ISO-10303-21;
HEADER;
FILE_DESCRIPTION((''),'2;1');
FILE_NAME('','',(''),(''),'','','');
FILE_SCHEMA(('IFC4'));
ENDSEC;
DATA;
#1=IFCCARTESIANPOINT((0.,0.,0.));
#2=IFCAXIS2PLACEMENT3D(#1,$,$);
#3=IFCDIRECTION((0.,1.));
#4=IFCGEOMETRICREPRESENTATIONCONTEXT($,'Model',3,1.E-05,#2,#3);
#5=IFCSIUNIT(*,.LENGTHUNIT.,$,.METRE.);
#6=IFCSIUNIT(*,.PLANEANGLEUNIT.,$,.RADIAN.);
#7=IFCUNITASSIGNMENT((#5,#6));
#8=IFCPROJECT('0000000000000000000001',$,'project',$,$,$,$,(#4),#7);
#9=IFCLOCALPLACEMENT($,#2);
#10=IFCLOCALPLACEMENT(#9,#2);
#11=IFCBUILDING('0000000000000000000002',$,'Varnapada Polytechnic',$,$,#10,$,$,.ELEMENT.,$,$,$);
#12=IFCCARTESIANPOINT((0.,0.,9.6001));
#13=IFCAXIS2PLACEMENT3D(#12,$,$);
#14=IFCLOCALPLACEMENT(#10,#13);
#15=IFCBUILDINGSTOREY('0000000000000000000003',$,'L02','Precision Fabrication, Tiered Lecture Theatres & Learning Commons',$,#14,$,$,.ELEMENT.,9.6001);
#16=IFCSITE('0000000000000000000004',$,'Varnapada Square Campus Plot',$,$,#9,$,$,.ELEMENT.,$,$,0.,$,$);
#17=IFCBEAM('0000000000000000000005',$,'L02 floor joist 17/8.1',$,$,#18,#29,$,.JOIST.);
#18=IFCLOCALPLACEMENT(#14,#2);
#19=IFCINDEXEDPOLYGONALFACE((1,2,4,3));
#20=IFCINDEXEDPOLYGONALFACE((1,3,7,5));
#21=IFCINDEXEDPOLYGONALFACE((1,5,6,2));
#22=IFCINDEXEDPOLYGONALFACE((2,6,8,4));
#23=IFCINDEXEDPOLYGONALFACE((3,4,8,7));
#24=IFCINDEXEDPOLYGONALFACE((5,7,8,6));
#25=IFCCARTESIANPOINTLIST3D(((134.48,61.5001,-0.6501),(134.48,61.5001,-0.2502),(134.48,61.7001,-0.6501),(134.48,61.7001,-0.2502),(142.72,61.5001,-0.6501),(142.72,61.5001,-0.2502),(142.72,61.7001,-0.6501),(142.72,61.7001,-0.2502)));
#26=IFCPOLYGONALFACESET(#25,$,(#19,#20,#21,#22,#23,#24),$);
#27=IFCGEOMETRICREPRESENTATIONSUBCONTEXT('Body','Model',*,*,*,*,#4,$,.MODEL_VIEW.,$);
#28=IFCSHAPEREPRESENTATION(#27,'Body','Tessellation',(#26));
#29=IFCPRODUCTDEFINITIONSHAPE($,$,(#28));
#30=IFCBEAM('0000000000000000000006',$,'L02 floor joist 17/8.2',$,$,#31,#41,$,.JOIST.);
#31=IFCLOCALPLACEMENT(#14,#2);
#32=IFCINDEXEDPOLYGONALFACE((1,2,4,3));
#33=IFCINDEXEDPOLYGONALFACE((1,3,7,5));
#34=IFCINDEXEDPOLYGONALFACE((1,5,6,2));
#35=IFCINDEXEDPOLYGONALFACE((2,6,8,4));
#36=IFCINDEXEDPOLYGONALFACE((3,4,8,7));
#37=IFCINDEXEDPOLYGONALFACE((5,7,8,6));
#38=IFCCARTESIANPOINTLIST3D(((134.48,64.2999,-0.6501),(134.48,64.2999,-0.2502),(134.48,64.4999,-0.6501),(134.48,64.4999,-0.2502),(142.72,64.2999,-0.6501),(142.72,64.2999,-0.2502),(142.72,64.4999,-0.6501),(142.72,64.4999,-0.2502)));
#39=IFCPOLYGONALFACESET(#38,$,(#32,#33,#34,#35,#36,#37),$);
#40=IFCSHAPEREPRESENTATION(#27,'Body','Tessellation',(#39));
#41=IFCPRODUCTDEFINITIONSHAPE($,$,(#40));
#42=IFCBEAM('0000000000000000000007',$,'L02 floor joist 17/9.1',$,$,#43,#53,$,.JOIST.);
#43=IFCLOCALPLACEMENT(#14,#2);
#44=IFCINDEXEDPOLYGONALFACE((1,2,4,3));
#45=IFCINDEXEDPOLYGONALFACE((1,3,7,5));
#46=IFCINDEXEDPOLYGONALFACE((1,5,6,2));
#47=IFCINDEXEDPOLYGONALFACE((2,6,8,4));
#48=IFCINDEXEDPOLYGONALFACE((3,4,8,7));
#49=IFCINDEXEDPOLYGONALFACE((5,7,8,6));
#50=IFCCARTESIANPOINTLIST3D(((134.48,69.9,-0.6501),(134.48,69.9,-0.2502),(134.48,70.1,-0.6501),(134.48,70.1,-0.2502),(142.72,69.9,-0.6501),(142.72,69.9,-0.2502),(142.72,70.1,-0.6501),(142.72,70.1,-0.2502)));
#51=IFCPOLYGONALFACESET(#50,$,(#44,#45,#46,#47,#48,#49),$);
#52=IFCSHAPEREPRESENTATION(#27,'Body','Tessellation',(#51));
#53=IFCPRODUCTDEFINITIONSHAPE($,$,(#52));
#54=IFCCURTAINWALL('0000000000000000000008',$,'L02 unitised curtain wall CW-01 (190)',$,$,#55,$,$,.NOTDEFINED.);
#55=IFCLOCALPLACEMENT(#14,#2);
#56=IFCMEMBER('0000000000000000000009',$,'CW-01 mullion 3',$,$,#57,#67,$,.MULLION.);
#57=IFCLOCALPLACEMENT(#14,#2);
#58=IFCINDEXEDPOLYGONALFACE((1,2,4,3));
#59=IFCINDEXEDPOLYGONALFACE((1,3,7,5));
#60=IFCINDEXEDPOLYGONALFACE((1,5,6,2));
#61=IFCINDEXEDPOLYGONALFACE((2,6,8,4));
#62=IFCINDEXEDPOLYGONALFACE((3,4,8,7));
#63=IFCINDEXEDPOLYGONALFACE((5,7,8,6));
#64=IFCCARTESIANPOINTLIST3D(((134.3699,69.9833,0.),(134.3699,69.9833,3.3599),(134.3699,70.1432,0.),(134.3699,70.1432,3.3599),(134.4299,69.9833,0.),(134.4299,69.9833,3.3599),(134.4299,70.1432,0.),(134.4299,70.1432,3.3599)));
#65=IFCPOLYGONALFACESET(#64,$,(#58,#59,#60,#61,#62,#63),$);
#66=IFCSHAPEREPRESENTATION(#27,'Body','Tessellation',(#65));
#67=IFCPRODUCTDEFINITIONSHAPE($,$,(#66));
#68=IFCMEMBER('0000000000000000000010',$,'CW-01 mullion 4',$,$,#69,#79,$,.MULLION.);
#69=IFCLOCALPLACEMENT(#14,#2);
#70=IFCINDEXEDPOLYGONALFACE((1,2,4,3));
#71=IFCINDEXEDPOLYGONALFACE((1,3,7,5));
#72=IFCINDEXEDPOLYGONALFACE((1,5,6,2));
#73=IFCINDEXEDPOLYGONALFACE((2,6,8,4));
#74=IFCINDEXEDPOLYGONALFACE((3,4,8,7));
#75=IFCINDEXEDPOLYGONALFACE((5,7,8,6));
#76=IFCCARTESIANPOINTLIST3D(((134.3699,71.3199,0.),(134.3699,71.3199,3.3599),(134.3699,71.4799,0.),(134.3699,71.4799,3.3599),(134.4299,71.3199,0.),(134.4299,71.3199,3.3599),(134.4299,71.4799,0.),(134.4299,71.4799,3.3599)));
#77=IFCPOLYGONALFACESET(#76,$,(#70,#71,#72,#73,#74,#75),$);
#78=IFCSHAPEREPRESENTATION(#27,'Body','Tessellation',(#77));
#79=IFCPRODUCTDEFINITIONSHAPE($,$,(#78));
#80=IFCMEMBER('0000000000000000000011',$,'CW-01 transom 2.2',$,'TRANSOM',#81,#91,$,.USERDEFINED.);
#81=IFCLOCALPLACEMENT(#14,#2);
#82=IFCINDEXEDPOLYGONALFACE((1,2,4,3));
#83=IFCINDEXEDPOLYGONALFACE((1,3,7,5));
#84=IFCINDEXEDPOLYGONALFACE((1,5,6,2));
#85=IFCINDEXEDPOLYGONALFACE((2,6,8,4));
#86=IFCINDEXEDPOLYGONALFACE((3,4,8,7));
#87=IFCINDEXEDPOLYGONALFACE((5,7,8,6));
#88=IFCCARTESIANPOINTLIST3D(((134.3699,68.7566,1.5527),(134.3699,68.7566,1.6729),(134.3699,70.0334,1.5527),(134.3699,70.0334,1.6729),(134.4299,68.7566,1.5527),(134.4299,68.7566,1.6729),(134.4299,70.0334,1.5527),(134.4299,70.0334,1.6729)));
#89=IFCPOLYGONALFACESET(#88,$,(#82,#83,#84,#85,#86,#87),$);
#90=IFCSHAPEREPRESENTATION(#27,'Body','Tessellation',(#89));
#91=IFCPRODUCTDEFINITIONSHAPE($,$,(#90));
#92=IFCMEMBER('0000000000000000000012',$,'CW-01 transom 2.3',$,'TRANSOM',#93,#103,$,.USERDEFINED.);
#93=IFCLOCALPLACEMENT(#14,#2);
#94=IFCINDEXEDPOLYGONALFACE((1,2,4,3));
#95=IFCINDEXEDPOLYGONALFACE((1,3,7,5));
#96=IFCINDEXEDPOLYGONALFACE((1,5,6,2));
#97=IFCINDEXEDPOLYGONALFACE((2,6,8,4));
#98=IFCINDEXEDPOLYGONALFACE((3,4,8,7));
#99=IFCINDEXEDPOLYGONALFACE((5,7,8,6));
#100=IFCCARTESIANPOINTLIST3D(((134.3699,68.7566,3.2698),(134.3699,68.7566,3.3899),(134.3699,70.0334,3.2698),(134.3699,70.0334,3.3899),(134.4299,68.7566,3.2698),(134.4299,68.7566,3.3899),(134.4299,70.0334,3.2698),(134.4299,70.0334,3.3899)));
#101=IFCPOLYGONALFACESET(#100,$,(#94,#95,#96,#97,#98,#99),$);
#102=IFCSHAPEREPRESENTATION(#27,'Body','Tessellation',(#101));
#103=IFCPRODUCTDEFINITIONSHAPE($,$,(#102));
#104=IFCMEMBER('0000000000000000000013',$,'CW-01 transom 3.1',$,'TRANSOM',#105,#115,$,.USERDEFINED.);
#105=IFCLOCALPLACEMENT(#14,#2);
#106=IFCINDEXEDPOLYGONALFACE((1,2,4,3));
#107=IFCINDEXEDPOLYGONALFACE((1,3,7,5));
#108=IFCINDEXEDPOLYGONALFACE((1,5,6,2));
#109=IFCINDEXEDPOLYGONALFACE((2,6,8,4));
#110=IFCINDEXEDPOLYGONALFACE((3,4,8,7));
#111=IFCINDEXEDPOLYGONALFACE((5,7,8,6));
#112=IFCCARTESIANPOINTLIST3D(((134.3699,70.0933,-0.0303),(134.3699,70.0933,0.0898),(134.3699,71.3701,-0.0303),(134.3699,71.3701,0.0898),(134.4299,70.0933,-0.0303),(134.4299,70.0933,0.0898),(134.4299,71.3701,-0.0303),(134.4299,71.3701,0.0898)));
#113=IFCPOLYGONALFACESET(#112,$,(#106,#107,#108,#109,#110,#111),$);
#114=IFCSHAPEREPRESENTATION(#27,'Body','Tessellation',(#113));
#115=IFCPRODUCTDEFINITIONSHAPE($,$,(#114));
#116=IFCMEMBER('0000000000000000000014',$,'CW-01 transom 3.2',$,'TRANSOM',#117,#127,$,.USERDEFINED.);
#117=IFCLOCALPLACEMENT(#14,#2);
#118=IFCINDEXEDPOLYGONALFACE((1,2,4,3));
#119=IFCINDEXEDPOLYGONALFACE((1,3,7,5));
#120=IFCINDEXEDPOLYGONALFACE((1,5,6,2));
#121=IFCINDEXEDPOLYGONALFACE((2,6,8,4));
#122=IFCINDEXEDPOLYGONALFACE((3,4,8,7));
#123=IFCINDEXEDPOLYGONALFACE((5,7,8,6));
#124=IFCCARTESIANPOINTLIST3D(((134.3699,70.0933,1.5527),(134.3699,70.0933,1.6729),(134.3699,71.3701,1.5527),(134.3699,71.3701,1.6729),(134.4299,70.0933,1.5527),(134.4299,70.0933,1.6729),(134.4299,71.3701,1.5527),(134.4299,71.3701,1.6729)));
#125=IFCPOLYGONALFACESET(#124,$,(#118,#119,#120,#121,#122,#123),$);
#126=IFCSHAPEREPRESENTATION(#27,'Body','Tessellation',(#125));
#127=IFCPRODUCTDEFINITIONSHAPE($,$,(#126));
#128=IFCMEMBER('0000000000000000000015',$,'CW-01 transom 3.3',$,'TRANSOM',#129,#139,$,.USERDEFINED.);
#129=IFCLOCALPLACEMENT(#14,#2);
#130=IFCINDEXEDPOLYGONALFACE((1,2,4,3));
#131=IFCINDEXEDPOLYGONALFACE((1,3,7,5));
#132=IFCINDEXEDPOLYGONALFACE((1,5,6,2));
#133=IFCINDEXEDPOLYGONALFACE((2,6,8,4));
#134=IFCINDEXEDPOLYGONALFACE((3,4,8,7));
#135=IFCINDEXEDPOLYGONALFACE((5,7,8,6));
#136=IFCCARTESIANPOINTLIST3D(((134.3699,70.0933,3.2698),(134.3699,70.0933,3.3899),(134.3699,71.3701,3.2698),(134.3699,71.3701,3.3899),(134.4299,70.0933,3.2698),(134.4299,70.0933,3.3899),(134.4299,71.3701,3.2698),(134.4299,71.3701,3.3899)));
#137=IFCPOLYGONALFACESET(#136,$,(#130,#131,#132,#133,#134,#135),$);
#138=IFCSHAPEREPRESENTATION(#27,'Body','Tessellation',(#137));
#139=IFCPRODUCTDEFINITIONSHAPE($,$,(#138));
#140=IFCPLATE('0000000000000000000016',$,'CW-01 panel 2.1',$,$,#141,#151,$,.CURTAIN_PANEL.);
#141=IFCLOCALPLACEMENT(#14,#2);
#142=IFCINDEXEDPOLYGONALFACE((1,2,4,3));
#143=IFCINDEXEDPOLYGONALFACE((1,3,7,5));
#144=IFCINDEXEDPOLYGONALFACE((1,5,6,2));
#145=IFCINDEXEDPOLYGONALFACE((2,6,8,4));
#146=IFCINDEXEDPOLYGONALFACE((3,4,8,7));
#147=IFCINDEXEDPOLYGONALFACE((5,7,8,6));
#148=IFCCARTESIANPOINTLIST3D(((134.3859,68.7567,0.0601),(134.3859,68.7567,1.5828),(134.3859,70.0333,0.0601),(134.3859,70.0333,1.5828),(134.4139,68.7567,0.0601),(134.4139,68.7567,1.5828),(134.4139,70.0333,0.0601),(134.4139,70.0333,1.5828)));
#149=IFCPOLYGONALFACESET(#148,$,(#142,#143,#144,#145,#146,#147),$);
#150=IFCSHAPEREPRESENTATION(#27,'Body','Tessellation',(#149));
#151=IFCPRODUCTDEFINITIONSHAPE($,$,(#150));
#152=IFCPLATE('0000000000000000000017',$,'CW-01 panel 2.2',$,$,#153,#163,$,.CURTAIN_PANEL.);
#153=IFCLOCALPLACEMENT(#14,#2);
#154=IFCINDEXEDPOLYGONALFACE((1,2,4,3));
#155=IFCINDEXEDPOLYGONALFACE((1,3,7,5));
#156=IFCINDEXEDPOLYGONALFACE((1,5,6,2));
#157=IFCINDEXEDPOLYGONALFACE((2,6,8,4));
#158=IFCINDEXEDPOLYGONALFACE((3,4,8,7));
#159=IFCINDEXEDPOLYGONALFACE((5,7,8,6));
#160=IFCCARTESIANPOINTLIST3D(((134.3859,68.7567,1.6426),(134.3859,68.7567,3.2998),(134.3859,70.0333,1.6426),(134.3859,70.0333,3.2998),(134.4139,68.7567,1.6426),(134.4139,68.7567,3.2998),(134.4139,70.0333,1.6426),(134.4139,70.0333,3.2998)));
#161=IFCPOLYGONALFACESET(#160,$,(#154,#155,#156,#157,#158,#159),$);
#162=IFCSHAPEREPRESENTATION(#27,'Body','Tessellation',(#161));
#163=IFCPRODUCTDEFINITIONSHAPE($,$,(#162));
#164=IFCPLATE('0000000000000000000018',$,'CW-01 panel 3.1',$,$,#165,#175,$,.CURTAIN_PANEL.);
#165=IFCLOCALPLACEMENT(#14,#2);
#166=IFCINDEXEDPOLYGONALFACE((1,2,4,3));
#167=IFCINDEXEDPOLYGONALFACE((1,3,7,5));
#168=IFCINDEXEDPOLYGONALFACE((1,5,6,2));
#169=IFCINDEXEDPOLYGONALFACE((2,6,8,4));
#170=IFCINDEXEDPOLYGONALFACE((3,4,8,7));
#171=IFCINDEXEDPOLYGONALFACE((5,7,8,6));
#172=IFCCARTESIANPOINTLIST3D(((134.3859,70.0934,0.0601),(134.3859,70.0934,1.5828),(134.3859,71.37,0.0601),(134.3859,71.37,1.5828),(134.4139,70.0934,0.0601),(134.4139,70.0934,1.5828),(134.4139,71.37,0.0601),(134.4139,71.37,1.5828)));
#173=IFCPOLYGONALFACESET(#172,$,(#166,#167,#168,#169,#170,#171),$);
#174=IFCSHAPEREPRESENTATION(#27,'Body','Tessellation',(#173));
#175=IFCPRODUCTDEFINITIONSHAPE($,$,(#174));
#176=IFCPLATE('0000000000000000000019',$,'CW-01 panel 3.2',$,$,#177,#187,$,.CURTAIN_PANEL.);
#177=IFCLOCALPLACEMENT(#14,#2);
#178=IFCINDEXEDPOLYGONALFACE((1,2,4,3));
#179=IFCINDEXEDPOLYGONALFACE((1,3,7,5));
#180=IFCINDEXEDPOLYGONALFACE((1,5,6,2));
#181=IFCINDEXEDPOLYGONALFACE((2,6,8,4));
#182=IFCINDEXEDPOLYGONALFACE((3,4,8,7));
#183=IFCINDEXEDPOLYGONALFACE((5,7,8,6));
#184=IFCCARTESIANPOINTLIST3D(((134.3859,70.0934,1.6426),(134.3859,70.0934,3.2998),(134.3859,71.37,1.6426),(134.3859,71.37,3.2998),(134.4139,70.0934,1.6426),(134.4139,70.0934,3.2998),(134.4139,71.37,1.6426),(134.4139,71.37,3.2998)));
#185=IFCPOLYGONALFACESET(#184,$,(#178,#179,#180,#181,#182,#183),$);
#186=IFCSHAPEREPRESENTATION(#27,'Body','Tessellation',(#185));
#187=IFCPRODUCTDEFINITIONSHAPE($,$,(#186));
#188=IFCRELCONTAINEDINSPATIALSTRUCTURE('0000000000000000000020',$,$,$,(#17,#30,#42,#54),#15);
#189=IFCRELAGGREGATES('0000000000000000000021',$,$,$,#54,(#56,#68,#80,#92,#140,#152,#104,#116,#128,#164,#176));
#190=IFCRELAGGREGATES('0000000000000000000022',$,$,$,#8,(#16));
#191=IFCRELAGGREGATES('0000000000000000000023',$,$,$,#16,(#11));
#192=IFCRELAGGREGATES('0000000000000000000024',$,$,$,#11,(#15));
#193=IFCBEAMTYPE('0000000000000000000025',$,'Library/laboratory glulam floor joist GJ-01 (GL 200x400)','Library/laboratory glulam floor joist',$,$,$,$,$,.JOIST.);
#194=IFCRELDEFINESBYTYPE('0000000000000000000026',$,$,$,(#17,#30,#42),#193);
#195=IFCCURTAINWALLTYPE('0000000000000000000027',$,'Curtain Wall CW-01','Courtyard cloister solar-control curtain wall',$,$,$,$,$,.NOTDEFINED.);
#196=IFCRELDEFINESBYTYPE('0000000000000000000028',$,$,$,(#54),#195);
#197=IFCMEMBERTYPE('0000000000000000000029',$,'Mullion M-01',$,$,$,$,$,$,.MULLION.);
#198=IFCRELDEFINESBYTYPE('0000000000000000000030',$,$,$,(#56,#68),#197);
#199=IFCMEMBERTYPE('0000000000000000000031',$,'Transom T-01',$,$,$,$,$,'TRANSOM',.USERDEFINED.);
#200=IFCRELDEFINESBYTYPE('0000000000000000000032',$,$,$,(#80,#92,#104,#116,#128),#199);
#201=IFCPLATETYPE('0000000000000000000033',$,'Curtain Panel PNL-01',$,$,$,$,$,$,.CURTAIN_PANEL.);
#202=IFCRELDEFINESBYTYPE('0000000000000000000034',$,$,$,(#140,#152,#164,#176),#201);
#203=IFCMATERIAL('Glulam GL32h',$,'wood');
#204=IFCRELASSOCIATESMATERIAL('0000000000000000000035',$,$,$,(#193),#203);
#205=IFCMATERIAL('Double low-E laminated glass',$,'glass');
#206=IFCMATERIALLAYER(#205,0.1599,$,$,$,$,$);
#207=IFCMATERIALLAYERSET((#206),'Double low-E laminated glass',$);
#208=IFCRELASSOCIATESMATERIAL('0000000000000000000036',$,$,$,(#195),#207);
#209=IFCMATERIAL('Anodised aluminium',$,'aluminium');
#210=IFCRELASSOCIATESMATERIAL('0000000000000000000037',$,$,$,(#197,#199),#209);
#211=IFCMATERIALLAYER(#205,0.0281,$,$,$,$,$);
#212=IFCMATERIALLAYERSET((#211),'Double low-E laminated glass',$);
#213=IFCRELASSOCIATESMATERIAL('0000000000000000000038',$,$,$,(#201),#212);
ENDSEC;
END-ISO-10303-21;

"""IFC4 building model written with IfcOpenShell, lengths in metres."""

from ifc_helpers import new_model, si_unit, direction, frame, origin, origin_2d, place, context, subcontext, project, spatial, rectangle, extrude, material, layer, layer_set, material_profile, profile_set, type_object, element, aggregate, save


model = new_model("IFC4")

# Units and contexts
model_context = context("Model", 3, precision=1e-05, world=origin(), true_north=direction((0.0, 1.0)))
body_context = subcontext(model_context, "Body", "Model", "MODEL_VIEW")
ifc_project = project(units=[si_unit("LENGTHUNIT", "METRE"), si_unit("PLANEANGLEUNIT", "RADIAN")], contexts=[model_context])

# Site, building, storey
site_placement = place(None, origin())
site = spatial("IfcSite", under=ifc_project, at=site_placement, Name="Varnapada Square Campus Plot", CompositionType="ELEMENT", RefElevation=0.0)
building_placement = place(site_placement, origin())
building = spatial("IfcBuilding", under=site, at=building_placement, Name="Varnapada Polytechnic", CompositionType="ELEMENT")
storey_placement = place(building_placement, frame((0.0, 0.0, 9.6001)))
storey = spatial("IfcBuildingStorey", under=building, at=storey_placement, Name="L02", Description="Precision Fabrication, Tiered Lecture Theatres & Learning Commons", CompositionType="ELEMENT", Elevation=9.6001)

# Beams
ifc_material_1 = material(Name="Glulam GL32h", Category="wood")
ifc_material_profile_1 = material_profile(ifc_material_1, rectangle(XDim=0.2, YDim=0.3999, at=origin_2d()), Name="GL 200x400")
ifc_profile_set_1 = profile_set([ifc_material_profile_1], Name="Glulam GL32h")
beam_type = type_object("IfcBeamType", Name="Library/laboratory glulam floor joist GJ-01 (GL 200x400)", Description="Library/laboratory glulam floor joist", PredefinedType="JOIST", material=ifc_profile_set_1)
for number, where, z_axis, x_axis, name in (
    (1, (134.48, 61.6001, -0.4502), (1.0, 0.0, 0.0), (0.0, 1.0, 0.0), "L02 floor joist 17/8.1"),
    (2, (134.48, 64.3999, -0.4502), (1.0, 0.0, 0.0), (0.0, 1.0, 0.0), "L02 floor joist 17/8.2"),
    (3, (134.48, 70.0, -0.4502), (1.0, 0.0, 0.0), (0.0, 1.0, 0.0), "L02 floor joist 17/9.1"),
):
    element("IfcBeam", number, at=place(storey_placement, frame(where, z_axis=z_axis, x_axis=x_axis)), inside=storey, type_object=beam_type, Name=name, PredefinedType="JOIST", context=body_context, shape_type="SweptSolid", body=[
        extrude(rectangle(XDim=0.2, YDim=0.3999, at=origin_2d()), origin(), (0.0, 0.0, 1.0), 8.24),
    ])

# Curtain wall, members, plates
ifc_material_2 = material(Name="Double low-E laminated glass", Category="glass")
ifc_layer_1 = layer(ifc_material_2, 0.1599)
ifc_layer_set_1 = layer_set([ifc_layer_1], Name="Double low-E laminated glass")
curtain_wall_type = type_object("IfcCurtainWallType", Name="Curtain Wall CW-01", Description="Courtyard cloister solar-control curtain wall", PredefinedType="NOTDEFINED", material=ifc_layer_set_1)
curtain_wall_placement = place(storey_placement, origin())
curtain_wall = element("IfcCurtainWall", 4, at=curtain_wall_placement, inside=storey, type_object=curtain_wall_type, Name="L02 unitised curtain wall CW-01 (190)", PredefinedType="NOTDEFINED")
ifc_material_3 = material(Name="Anodised aluminium", Category="aluminium")
ifc_material_profile_2 = material_profile(ifc_material_3, rectangle(XDim=0.0601, YDim=0.1599, at=origin_2d()), Name="ALU M60x160")
ifc_profile_set_2 = profile_set([ifc_material_profile_2], Name="Anodised aluminium")
member_type_1 = type_object("IfcMemberType", Name="Mullion M-01", PredefinedType="MULLION", material=ifc_profile_set_2)
member_1_placement = place(storey_placement, frame((134.3999, 70.0632, 0.0), z_axis=(0.0, 0.0, 1.0), x_axis=(-1.0, 0.0, 0.0)))
member_1 = element("IfcMember", 5, at=member_1_placement, type_object=member_type_1, Name="CW-01 mullion 3", PredefinedType="MULLION", context=body_context, shape_type="SweptSolid", body=[
    extrude(rectangle(XDim=0.0601, YDim=0.1599, at=origin_2d()), origin(), (0.0, 0.0, 1.0), 3.3599),
])
member_2_placement = place(storey_placement, frame((134.3999, 71.3999, 0.0), z_axis=(0.0, 0.0, 1.0), x_axis=(-1.0, 0.0, 0.0)))
member_2 = element("IfcMember", 6, at=member_2_placement, type_object=member_type_1, Name="CW-01 mullion 4", PredefinedType="MULLION", context=body_context, shape_type="SweptSolid", body=[
    extrude(rectangle(XDim=0.0601, YDim=0.1599, at=origin_2d()), origin(), (0.0, 0.0, 1.0), 3.3599),
])
ifc_material_profile_3 = material_profile(ifc_material_3, rectangle(XDim=0.0601, YDim=0.1201, at=origin_2d()), Name="ALU T60x120")
ifc_profile_set_3 = profile_set([ifc_material_profile_3], Name="Anodised aluminium")
member_type_2 = type_object("IfcMemberType", Name="Transom T-01", ElementType="TRANSOM", PredefinedType="USERDEFINED", material=ifc_profile_set_3)
member_3_placement = place(storey_placement, frame((134.3999, 68.7566, 1.6128), z_axis=(0.0, 1.0, 0.0), x_axis=(-1.0, 0.0, 0.0)))
member_3 = element("IfcMember", 7, at=member_3_placement, type_object=member_type_2, Name="CW-01 transom 2.2", ObjectType="TRANSOM", PredefinedType="USERDEFINED", context=body_context, shape_type="SweptSolid", body=[
    extrude(rectangle(XDim=0.0601, YDim=0.1201, at=origin_2d()), origin(), (0.0, 0.0, 1.0), 1.2769),
])
member_4_placement = place(storey_placement, frame((134.3999, 68.7566, 3.3298), z_axis=(0.0, 1.0, 0.0), x_axis=(-1.0, 0.0, 0.0)))
member_4 = element("IfcMember", 8, at=member_4_placement, type_object=member_type_2, Name="CW-01 transom 2.3", ObjectType="TRANSOM", PredefinedType="USERDEFINED", context=body_context, shape_type="SweptSolid", body=[
    extrude(rectangle(XDim=0.0601, YDim=0.1201, at=origin_2d()), origin(), (0.0, 0.0, 1.0), 1.2769),
])
member_5_placement = place(storey_placement, frame((134.3999, 70.0933, 0.0298), z_axis=(0.0, 1.0, 0.0), x_axis=(-1.0, 0.0, 0.0)))
member_5 = element("IfcMember", 9, at=member_5_placement, type_object=member_type_2, Name="CW-01 transom 3.1", ObjectType="TRANSOM", PredefinedType="USERDEFINED", context=body_context, shape_type="SweptSolid", body=[
    extrude(rectangle(XDim=0.0601, YDim=0.1201, at=origin_2d()), origin(), (0.0, 0.0, 1.0), 1.2769),
])
member_6_placement = place(storey_placement, frame((134.3999, 70.0933, 1.6128), z_axis=(0.0, 1.0, 0.0), x_axis=(-1.0, 0.0, 0.0)))
member_6 = element("IfcMember", 10, at=member_6_placement, type_object=member_type_2, Name="CW-01 transom 3.2", ObjectType="TRANSOM", PredefinedType="USERDEFINED", context=body_context, shape_type="SweptSolid", body=[
    extrude(rectangle(XDim=0.0601, YDim=0.1201, at=origin_2d()), origin(), (0.0, 0.0, 1.0), 1.2769),
])
member_7_placement = place(storey_placement, frame((134.3999, 70.0933, 3.3298), z_axis=(0.0, 1.0, 0.0), x_axis=(-1.0, 0.0, 0.0)))
member_7 = element("IfcMember", 11, at=member_7_placement, type_object=member_type_2, Name="CW-01 transom 3.3", ObjectType="TRANSOM", PredefinedType="USERDEFINED", context=body_context, shape_type="SweptSolid", body=[
    extrude(rectangle(XDim=0.0601, YDim=0.1201, at=origin_2d()), origin(), (0.0, 0.0, 1.0), 1.2769),
])
ifc_layer_2 = layer(ifc_material_2, 0.0281)
ifc_layer_set_2 = layer_set([ifc_layer_2], Name="Double low-E laminated glass")
plate_type = type_object("IfcPlateType", Name="Curtain Panel PNL-01", PredefinedType="CURTAIN_PANEL", material=ifc_layer_set_2)
plate_1_placement = place(storey_placement, frame((134.3999, 69.395, 0.0601), z_axis=(0.0, 0.0, 1.0), x_axis=(0.0, 1.0, 0.0)))
plate_1 = element("IfcPlate", 12, at=plate_1_placement, type_object=plate_type, Name="CW-01 panel 2.1", PredefinedType="CURTAIN_PANEL", context=body_context, shape_type="SweptSolid", body=[
    extrude(rectangle(XDim=1.2766, YDim=0.0281, at=origin_2d()), origin(), (0.0, 0.0, 1.0), 1.5227),
])
plate_2_placement = place(storey_placement, frame((134.3999, 69.395, 1.6426), z_axis=(0.0, 0.0, 1.0), x_axis=(0.0, 1.0, 0.0)))
plate_2 = element("IfcPlate", 13, at=plate_2_placement, type_object=plate_type, Name="CW-01 panel 2.2", PredefinedType="CURTAIN_PANEL", context=body_context, shape_type="SweptSolid", body=[
    extrude(rectangle(XDim=1.2766, YDim=0.0281, at=origin_2d()), origin(), (0.0, 0.0, 1.0), 1.6572),
])
plate_3_placement = place(storey_placement, frame((134.3999, 70.7317, 0.0601), z_axis=(0.0, 0.0, 1.0), x_axis=(0.0, 1.0, 0.0)))
plate_3 = element("IfcPlate", 14, at=plate_3_placement, type_object=plate_type, Name="CW-01 panel 3.1", PredefinedType="CURTAIN_PANEL", context=body_context, shape_type="SweptSolid", body=[
    extrude(rectangle(XDim=1.2766, YDim=0.0281, at=origin_2d()), origin(), (0.0, 0.0, 1.0), 1.5227),
])
plate_4_placement = place(storey_placement, frame((134.3999, 70.7317, 1.6426), z_axis=(0.0, 0.0, 1.0), x_axis=(0.0, 1.0, 0.0)))
plate_4 = element("IfcPlate", 15, at=plate_4_placement, type_object=plate_type, Name="CW-01 panel 3.2", PredefinedType="CURTAIN_PANEL", context=body_context, shape_type="SweptSolid", body=[
    extrude(rectangle(XDim=1.2766, YDim=0.0281, at=origin_2d()), origin(), (0.0, 0.0, 1.0), 1.6572),
])
aggregate(curtain_wall, [member_1, member_2, member_3, member_4, plate_1, plate_2, member_5, member_6, member_7, plate_3, plate_4])

save(model, "model.ifc")
